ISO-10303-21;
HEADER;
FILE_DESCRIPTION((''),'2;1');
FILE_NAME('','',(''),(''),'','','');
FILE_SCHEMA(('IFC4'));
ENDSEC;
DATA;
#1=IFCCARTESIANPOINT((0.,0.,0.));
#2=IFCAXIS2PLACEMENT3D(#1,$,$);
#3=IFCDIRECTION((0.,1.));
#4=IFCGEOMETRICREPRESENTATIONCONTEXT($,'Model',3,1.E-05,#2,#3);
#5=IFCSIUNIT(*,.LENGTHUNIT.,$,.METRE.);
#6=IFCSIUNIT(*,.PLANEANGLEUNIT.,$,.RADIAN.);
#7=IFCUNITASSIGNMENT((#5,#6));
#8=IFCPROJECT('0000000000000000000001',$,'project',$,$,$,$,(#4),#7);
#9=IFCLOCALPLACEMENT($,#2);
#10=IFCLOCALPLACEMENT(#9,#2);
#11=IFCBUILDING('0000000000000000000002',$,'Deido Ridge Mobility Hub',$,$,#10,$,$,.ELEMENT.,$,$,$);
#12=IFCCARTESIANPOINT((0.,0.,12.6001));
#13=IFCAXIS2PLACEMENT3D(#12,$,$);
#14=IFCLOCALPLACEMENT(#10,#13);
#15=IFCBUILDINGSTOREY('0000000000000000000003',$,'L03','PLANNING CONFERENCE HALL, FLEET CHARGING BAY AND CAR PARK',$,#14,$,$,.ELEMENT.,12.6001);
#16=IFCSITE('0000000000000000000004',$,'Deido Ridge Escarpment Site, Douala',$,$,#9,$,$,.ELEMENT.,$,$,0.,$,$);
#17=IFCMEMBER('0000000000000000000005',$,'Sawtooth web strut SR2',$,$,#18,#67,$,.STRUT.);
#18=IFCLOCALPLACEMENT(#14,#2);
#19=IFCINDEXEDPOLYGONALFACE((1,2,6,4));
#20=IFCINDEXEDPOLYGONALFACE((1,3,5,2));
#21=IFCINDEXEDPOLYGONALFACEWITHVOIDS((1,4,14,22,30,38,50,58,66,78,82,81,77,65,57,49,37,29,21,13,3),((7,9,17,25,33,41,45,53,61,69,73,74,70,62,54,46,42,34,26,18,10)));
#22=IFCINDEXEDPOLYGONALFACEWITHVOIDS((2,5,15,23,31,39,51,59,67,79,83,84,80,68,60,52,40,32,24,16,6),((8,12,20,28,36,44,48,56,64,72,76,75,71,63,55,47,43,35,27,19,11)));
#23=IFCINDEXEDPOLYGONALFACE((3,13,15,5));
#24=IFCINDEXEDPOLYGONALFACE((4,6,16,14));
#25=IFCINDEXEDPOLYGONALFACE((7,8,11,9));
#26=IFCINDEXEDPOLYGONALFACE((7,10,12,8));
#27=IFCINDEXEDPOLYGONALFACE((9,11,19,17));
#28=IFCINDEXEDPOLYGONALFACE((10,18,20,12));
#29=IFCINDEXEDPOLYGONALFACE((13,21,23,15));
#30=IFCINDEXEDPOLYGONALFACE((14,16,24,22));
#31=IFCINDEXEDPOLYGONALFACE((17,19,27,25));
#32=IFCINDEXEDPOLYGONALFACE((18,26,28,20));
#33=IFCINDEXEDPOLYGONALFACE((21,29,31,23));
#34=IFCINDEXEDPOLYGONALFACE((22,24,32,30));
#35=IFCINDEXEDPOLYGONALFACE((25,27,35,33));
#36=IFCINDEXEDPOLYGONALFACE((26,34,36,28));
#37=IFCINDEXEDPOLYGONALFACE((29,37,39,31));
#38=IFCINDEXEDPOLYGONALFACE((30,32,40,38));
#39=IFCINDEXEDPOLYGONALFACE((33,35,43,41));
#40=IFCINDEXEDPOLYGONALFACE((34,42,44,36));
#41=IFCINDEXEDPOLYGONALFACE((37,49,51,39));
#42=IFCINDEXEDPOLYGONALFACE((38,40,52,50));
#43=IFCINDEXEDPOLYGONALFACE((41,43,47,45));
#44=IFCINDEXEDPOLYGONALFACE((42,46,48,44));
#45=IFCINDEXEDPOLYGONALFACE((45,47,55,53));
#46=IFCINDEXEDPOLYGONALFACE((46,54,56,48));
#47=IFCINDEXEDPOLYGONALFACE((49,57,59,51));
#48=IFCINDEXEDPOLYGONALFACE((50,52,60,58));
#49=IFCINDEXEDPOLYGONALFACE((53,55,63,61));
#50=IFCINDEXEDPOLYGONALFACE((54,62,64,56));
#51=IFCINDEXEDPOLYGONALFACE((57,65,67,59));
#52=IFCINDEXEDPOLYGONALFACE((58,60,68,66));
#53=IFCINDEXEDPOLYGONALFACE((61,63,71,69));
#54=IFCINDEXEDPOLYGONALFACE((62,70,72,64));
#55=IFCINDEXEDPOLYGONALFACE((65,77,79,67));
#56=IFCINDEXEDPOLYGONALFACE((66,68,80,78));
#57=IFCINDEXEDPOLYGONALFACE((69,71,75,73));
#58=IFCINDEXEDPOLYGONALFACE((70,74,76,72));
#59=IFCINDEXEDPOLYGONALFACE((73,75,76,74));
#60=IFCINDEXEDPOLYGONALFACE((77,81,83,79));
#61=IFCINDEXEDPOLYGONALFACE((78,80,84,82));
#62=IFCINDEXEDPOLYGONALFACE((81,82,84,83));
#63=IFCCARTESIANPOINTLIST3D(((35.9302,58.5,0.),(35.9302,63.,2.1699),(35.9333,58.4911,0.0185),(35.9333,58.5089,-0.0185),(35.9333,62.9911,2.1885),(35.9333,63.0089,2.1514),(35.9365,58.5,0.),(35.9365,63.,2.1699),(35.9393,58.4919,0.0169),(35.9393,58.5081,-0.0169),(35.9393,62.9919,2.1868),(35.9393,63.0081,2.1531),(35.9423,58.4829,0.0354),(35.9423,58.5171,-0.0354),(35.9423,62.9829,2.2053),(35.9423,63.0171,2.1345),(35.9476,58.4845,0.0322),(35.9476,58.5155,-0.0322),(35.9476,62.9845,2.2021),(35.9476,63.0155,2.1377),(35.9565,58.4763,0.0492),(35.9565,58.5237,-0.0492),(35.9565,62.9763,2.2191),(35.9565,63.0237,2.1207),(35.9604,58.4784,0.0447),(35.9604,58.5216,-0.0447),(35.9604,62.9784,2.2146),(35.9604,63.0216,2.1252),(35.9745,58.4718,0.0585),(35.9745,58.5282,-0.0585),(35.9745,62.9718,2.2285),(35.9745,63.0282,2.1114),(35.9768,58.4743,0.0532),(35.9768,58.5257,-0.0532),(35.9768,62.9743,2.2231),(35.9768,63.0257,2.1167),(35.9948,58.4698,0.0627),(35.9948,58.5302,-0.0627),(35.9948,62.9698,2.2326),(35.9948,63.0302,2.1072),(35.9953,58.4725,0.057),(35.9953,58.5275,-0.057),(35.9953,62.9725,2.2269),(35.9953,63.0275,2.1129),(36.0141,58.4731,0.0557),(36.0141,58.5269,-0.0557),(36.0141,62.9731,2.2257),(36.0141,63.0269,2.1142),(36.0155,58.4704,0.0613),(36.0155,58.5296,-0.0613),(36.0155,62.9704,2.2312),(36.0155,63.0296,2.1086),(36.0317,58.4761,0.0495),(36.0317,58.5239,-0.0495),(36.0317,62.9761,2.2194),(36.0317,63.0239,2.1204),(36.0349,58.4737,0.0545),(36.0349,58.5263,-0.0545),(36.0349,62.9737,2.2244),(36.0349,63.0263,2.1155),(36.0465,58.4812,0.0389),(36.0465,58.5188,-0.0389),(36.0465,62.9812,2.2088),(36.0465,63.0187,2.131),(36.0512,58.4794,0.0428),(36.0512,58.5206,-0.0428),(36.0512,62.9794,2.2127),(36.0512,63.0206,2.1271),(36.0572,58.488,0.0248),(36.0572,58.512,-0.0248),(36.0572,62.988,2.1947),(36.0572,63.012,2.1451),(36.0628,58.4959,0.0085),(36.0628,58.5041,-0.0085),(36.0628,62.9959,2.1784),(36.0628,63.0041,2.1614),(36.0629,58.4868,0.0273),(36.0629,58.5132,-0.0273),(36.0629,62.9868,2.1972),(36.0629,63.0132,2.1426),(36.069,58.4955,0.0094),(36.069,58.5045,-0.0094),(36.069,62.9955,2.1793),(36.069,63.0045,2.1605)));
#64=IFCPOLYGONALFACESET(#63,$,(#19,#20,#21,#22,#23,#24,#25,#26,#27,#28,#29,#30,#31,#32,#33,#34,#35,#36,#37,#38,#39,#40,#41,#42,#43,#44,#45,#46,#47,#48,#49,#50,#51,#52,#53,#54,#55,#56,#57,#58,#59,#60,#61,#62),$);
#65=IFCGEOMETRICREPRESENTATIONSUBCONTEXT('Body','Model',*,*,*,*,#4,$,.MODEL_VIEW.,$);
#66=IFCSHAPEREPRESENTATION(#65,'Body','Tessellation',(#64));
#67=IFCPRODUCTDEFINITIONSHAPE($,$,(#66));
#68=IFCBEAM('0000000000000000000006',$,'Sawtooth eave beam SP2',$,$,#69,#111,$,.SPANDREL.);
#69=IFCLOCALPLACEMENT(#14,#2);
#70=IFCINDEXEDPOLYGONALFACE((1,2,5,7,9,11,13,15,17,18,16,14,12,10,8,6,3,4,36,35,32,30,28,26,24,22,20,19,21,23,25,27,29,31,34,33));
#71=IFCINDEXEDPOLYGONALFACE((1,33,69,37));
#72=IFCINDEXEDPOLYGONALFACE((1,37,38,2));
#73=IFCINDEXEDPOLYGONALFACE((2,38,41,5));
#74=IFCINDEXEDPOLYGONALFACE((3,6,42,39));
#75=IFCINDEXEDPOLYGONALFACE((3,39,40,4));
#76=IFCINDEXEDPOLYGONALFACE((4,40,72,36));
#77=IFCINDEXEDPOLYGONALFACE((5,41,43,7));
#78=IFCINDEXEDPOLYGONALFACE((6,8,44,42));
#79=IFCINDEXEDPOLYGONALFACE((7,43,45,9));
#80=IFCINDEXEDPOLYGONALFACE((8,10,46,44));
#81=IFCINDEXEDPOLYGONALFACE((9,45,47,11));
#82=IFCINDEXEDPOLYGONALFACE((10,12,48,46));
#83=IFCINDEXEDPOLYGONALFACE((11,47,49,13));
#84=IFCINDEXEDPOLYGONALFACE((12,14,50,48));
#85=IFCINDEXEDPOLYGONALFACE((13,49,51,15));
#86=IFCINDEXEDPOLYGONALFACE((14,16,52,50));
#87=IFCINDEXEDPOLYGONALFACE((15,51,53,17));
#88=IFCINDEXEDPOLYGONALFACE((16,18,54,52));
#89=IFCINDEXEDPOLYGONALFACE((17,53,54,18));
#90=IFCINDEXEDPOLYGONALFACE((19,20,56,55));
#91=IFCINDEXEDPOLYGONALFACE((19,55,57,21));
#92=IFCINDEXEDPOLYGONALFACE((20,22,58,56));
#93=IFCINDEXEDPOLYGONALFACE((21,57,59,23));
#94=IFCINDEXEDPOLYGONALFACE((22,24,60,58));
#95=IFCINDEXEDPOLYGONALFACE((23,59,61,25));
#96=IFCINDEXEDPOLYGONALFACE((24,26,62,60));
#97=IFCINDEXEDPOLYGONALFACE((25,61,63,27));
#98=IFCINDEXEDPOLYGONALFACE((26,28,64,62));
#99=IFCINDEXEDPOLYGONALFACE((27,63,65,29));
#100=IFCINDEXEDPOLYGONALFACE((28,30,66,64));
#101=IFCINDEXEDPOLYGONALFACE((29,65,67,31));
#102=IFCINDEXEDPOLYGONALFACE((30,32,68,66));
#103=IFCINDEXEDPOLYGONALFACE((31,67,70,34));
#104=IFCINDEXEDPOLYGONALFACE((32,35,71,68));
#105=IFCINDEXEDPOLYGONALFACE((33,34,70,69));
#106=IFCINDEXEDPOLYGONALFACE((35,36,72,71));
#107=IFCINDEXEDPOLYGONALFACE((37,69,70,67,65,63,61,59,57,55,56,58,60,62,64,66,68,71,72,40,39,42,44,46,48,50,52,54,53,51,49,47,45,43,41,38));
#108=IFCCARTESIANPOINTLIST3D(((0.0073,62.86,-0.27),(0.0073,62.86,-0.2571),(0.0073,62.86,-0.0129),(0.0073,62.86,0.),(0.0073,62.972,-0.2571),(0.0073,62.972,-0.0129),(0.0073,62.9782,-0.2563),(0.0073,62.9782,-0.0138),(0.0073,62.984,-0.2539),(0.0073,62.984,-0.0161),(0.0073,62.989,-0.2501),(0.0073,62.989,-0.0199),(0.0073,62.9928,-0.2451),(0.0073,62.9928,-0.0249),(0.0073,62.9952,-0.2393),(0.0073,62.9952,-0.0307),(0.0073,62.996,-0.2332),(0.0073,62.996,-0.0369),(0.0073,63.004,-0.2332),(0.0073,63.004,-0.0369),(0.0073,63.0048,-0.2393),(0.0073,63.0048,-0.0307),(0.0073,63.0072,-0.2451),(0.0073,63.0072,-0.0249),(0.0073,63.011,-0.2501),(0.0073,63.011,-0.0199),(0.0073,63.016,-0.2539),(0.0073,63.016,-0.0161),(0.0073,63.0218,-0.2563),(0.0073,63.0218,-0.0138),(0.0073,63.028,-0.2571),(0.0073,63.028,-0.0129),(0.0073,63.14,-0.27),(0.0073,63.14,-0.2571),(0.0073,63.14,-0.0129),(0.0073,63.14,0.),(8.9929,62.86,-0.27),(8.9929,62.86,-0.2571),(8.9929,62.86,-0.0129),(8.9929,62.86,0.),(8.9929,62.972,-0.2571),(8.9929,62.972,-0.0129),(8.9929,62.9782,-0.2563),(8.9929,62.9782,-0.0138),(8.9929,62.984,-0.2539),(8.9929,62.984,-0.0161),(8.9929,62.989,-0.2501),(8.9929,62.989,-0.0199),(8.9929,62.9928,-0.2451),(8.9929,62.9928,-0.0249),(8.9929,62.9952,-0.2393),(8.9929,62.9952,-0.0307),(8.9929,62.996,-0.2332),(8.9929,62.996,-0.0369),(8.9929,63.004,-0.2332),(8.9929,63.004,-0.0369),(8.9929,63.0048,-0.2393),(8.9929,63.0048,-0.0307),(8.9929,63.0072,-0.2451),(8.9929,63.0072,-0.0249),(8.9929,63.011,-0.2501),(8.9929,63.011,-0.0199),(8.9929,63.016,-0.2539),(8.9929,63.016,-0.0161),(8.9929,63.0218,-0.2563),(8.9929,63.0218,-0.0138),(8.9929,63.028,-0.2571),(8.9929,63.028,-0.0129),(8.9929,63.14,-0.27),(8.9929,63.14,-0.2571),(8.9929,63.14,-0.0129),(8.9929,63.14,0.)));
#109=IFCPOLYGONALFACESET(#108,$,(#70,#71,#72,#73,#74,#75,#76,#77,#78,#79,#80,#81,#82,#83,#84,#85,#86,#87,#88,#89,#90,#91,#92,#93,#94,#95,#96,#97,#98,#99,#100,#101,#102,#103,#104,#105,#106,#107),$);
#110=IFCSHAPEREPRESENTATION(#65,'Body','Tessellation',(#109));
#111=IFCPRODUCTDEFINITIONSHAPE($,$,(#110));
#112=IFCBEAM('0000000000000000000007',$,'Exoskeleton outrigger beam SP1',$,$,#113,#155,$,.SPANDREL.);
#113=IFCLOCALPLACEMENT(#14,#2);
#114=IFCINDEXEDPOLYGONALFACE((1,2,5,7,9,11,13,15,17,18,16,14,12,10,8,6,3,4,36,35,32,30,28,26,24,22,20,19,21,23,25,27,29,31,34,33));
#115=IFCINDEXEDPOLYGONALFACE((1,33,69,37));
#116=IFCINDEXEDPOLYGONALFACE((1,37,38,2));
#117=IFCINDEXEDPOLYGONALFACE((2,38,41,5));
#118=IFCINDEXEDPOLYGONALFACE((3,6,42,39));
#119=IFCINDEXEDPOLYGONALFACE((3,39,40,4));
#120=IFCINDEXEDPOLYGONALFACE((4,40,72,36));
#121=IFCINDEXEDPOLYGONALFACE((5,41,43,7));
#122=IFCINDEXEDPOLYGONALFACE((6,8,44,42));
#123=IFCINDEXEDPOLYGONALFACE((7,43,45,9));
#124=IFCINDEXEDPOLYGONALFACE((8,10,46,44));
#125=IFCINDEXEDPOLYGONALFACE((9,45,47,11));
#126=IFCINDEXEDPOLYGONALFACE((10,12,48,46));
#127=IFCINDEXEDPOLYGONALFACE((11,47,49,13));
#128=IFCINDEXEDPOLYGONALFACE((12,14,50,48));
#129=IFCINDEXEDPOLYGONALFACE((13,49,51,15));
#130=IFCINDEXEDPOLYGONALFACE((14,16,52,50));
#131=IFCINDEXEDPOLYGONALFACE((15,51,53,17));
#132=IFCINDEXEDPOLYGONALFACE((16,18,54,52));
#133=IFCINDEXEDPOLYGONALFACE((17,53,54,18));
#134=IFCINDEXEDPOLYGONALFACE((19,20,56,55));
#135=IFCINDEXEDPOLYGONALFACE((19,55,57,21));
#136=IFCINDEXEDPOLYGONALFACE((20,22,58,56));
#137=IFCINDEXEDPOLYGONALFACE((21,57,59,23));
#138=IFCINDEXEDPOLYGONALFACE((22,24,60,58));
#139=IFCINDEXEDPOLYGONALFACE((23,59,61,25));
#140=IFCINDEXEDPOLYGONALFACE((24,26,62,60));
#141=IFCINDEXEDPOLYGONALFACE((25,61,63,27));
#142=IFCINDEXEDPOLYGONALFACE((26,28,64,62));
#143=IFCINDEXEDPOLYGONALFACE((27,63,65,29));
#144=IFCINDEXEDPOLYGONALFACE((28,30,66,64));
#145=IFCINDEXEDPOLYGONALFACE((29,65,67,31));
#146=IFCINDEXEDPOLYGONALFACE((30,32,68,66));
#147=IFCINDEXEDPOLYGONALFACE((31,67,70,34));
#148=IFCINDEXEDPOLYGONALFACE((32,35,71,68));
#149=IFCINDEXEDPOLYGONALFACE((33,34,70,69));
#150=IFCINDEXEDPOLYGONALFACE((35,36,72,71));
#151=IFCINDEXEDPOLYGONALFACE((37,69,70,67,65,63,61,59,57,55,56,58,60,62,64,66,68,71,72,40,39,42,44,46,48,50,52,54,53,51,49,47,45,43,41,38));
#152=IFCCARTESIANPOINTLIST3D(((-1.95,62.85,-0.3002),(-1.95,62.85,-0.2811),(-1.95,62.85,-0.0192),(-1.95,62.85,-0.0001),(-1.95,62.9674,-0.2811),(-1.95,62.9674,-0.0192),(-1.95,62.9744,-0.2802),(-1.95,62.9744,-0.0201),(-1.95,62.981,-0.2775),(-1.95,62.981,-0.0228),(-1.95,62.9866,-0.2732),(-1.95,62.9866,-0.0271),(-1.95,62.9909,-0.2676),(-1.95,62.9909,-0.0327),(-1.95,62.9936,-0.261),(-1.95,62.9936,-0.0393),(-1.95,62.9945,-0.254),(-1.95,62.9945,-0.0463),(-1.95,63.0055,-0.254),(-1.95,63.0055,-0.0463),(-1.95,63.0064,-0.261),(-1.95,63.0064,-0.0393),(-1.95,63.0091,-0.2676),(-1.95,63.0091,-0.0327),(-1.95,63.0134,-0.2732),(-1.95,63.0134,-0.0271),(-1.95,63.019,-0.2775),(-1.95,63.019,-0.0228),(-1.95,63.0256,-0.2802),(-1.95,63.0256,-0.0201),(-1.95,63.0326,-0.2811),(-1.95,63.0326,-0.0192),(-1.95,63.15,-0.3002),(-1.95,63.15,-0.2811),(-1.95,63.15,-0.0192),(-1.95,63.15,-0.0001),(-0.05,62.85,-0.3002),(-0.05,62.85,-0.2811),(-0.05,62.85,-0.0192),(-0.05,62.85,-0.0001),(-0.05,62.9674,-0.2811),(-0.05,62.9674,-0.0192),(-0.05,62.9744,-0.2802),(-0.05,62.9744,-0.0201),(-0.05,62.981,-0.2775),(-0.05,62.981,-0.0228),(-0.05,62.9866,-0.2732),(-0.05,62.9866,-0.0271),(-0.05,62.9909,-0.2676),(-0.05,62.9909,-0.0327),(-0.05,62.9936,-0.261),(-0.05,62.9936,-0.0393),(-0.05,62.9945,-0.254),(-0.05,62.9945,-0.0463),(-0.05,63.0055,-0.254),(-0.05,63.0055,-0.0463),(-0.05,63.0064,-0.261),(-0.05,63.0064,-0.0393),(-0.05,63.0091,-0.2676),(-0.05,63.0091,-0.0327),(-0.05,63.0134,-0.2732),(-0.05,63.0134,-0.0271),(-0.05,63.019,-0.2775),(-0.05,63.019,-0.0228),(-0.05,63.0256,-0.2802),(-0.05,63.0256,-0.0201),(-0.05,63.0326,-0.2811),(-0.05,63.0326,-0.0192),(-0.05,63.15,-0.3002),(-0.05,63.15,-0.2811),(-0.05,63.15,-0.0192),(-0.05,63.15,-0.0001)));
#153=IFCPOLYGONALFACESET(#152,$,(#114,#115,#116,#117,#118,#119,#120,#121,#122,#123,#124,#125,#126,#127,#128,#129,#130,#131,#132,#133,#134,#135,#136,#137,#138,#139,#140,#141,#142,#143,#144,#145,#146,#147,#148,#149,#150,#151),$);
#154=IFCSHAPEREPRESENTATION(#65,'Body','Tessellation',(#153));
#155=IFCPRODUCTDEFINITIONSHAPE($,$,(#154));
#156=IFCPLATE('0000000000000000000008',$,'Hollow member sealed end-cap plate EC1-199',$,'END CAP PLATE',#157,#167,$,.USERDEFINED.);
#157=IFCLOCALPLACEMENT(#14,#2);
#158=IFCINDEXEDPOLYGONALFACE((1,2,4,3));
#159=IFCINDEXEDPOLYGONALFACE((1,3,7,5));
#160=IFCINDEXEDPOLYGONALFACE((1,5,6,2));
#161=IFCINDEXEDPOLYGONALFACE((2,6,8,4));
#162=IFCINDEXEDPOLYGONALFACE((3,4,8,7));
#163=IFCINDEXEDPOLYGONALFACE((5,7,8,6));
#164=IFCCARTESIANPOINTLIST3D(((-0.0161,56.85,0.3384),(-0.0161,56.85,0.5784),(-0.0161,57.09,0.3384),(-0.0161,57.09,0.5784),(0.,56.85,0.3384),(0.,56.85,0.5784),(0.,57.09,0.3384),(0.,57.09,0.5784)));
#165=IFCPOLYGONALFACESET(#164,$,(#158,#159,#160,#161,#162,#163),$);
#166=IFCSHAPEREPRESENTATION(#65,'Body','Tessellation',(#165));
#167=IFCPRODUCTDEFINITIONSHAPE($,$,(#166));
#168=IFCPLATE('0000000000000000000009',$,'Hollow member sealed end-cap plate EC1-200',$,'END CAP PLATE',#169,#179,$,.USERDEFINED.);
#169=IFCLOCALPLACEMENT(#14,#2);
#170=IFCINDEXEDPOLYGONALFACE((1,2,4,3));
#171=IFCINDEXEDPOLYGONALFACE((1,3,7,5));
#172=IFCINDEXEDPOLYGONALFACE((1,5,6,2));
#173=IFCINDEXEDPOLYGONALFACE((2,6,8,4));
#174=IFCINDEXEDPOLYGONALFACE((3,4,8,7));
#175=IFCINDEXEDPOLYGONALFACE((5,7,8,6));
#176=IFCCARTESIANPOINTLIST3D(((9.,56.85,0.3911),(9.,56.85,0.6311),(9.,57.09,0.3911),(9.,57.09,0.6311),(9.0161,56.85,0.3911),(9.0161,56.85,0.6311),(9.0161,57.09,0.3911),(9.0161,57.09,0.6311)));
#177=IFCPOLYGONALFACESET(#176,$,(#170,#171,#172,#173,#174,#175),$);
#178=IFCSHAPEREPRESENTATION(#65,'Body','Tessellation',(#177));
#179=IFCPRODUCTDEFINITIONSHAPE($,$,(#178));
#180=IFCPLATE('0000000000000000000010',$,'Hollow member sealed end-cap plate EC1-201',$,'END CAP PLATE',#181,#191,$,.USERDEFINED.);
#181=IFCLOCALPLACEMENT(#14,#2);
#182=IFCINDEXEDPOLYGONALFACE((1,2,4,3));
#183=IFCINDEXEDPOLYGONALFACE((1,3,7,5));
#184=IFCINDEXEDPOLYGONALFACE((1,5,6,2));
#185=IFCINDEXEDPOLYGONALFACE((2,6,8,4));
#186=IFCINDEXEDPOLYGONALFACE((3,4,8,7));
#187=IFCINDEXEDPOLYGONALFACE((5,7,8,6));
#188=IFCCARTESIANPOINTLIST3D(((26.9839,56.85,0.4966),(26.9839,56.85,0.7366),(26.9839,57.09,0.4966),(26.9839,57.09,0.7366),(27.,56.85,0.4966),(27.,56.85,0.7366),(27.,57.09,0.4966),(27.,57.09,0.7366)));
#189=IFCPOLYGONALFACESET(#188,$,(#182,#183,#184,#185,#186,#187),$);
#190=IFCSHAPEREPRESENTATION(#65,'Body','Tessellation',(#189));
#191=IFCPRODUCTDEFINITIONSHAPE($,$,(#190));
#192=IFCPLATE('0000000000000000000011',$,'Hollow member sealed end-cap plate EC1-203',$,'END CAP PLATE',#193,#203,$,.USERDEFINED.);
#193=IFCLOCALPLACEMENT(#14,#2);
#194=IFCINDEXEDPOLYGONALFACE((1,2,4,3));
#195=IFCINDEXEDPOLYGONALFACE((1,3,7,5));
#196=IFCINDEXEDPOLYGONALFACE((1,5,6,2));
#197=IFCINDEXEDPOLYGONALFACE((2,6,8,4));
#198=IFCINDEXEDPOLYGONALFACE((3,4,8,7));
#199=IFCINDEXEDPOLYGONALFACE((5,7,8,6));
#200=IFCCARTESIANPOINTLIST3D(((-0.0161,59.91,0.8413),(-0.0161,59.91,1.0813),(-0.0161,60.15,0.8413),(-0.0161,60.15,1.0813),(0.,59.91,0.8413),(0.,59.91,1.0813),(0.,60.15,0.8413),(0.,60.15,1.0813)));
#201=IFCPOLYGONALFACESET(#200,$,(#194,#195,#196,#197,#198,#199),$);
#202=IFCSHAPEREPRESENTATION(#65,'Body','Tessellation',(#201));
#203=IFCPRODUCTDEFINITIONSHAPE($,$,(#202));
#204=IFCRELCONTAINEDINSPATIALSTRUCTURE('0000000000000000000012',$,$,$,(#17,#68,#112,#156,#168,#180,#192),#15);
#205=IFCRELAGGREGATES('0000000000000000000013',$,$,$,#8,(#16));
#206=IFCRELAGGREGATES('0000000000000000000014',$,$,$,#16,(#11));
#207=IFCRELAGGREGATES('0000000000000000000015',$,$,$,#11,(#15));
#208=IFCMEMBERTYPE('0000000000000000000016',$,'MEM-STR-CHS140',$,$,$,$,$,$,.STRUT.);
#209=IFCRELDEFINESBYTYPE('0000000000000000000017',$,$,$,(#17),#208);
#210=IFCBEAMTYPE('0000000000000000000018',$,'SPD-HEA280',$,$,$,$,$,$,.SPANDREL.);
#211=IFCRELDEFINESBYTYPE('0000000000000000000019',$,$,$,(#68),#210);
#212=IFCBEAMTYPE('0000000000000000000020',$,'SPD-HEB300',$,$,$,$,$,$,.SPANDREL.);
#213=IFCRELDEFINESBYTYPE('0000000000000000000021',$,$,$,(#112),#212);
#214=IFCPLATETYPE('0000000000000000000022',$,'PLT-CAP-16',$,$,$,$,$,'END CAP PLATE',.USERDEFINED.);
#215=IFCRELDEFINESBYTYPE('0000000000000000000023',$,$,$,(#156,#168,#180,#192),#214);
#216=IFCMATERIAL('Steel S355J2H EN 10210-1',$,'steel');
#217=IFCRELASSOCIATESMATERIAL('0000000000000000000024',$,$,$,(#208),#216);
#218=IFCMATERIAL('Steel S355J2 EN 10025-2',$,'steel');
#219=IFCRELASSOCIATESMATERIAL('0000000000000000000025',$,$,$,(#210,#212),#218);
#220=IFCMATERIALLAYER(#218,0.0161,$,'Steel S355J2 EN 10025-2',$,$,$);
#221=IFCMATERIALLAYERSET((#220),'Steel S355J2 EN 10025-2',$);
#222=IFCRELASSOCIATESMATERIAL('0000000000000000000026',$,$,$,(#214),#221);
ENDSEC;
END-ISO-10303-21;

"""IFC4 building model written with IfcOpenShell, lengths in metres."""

from ifc_helpers import new_model, si_unit, direction, frame, origin, origin_2d, place, context, subcontext, project, spatial, rectangle, hollow_circle, i_section, extrude, material, layer, layer_set, material_profile, profile_set, type_object, element, save


model = new_model("IFC4")

# Units and contexts
model_context = context("Model", 3, precision=1e-05, world=origin(), true_north=direction((0.0, 1.0)))
body_context = subcontext(model_context, "Body", "Model", "MODEL_VIEW")
ifc_project = project(units=[si_unit("LENGTHUNIT", "METRE"), si_unit("PLANEANGLEUNIT", "RADIAN")], contexts=[model_context])

# Site, building, storey
site_placement = place(None, origin())
site = spatial("IfcSite", under=ifc_project, at=site_placement, Name="Deido Ridge Escarpment Site, Douala", CompositionType="ELEMENT", RefElevation=0.0)
building_placement = place(site_placement, origin())
building = spatial("IfcBuilding", under=site, at=building_placement, Name="Deido Ridge Mobility Hub", CompositionType="ELEMENT")
storey_placement = place(building_placement, frame((0.0, 0.0, 12.6001)))
storey = spatial("IfcBuildingStorey", under=building, at=storey_placement, Name="L03", Description="PLANNING CONFERENCE HALL, FLEET CHARGING BAY AND CAR PARK", CompositionType="ELEMENT", Elevation=12.6001)

# Shared definitions
ifc_material_1 = material(Name="Steel S355J2H EN 10210-1", Category="steel")

# Member
ifc_material_profile_1 = material_profile(ifc_material_1, hollow_circle(Radius=0.0698, WallThickness=0.0063, at=origin_2d()), Name="CHS 139.7x6.3")
ifc_profile_set_1 = profile_set([ifc_material_profile_1], Name="Steel S355J2H EN 10210-1")
member_type_1 = type_object("IfcMemberType", Name="MEM-STR-CHS140", PredefinedType="STRUT", material=ifc_profile_set_1)
member_1_placement = place(storey_placement, frame((36.0, 58.5, 0.0), z_axis=(0.0, 0.900747, 0.434345), x_axis=(-1.0, 0.0, 0.0)))
element("IfcMember", 1, at=member_1_placement, inside=storey, type_object=member_type_1, Name="Sawtooth web strut SR2", PredefinedType="STRUT", context=body_context, shape_type="SweptSolid", body=[
    extrude(hollow_circle(Radius=0.0698, WallThickness=0.0063, at=origin_2d()), origin(), (0.0, 0.0, 1.0), 4.9958),
])

# Beams
ifc_material_2 = material(Name="Steel S355J2 EN 10025-2", Category="steel")
ifc_material_profile_2 = material_profile(ifc_material_2, i_section(OverallWidth=0.28, OverallDepth=0.27, WebThickness=0.0081, FlangeThickness=0.0129, FilletRadius=0.0239, at=origin_2d()), Name="HEA 280")
ifc_profile_set_2 = profile_set([ifc_material_profile_2], Name="Steel S355J2 EN 10025-2")
beam_type_1 = type_object("IfcBeamType", Name="SPD-HEA280", PredefinedType="SPANDREL", material=ifc_profile_set_2)
beam_1_placement = place(storey_placement, frame((0.0073, 63.0, -0.135), z_axis=(1.0, 0.0, 0.0), x_axis=(0.0, 1.0, 0.0)))
element("IfcBeam", 2, at=beam_1_placement, inside=storey, type_object=beam_type_1, Name="Sawtooth eave beam SP2", PredefinedType="SPANDREL", context=body_context, shape_type="SweptSolid", body=[
    extrude(i_section(OverallWidth=0.28, OverallDepth=0.27, WebThickness=0.0081, FlangeThickness=0.0129, FilletRadius=0.0239, at=origin_2d()), origin(), (0.0, 0.0, 1.0), 8.9856),
])
ifc_material_profile_3 = material_profile(ifc_material_2, i_section(OverallWidth=0.3, OverallDepth=0.3, WebThickness=0.011, FlangeThickness=0.019, FilletRadius=0.0271, at=origin_2d()), Name="HEB 300")
ifc_profile_set_3 = profile_set([ifc_material_profile_3], Name="Steel S355J2 EN 10025-2")
beam_type_2 = type_object("IfcBeamType", Name="SPD-HEB300", PredefinedType="SPANDREL", material=ifc_profile_set_3)
beam_2_placement = place(storey_placement, frame((-0.05, 63.0, -0.1501), z_axis=(-1.0, 0.0, 0.0), x_axis=(0.0, -1.0, 0.0)))
element("IfcBeam", 3, at=beam_2_placement, inside=storey, type_object=beam_type_2, Name="Exoskeleton outrigger beam SP1", PredefinedType="SPANDREL", context=body_context, shape_type="SweptSolid", body=[
    extrude(i_section(OverallWidth=0.3, OverallDepth=0.3, WebThickness=0.011, FlangeThickness=0.019, FilletRadius=0.0271, at=origin_2d()), origin(), (0.0, 0.0, 1.0), 1.8999),
])

# Plates
ifc_layer_1 = layer(ifc_material_2, 0.0161, Name="Steel S355J2 EN 10025-2")
ifc_layer_set_1 = layer_set([ifc_layer_1], Name="Steel S355J2 EN 10025-2")
plate_type_1 = type_object("IfcPlateType", Name="PLT-CAP-16", ElementType="END CAP PLATE", PredefinedType="USERDEFINED", material=ifc_layer_set_1)
for number, where, z_axis, x_axis, name in (
    (4, (-0.0081, 56.97, 0.3384), (0.0, 0.0, 1.0), (1.0, 0.0, 0.0), "Hollow member sealed end-cap plate EC1-199"),
    (5, (9.0081, 56.97, 0.3911), (0.0, 0.0, 1.0), (1.0, 0.0, 0.0), "Hollow member sealed end-cap plate EC1-200"),
    (6, (26.9919, 56.97, 0.4966), (0.0, 0.0, 1.0), (1.0, 0.0, 0.0), "Hollow member sealed end-cap plate EC1-201"),
    (7, (-0.0081, 60.03, 0.8413), (0.0, 0.0, 1.0), (1.0, 0.0, 0.0), "Hollow member sealed end-cap plate EC1-203"),
):
    element("IfcPlate", number, at=place(storey_placement, frame(where, z_axis=z_axis, x_axis=x_axis)), inside=storey, type_object=plate_type_1, Name=name, ObjectType="END CAP PLATE", PredefinedType="USERDEFINED", context=body_context, shape_type="SweptSolid", body=[
        extrude(rectangle(XDim=0.0161, YDim=0.24, at=origin_2d()), origin(), (0.0, 0.0, 1.0), 0.24),
    ])

save(model, "model.ifc")
